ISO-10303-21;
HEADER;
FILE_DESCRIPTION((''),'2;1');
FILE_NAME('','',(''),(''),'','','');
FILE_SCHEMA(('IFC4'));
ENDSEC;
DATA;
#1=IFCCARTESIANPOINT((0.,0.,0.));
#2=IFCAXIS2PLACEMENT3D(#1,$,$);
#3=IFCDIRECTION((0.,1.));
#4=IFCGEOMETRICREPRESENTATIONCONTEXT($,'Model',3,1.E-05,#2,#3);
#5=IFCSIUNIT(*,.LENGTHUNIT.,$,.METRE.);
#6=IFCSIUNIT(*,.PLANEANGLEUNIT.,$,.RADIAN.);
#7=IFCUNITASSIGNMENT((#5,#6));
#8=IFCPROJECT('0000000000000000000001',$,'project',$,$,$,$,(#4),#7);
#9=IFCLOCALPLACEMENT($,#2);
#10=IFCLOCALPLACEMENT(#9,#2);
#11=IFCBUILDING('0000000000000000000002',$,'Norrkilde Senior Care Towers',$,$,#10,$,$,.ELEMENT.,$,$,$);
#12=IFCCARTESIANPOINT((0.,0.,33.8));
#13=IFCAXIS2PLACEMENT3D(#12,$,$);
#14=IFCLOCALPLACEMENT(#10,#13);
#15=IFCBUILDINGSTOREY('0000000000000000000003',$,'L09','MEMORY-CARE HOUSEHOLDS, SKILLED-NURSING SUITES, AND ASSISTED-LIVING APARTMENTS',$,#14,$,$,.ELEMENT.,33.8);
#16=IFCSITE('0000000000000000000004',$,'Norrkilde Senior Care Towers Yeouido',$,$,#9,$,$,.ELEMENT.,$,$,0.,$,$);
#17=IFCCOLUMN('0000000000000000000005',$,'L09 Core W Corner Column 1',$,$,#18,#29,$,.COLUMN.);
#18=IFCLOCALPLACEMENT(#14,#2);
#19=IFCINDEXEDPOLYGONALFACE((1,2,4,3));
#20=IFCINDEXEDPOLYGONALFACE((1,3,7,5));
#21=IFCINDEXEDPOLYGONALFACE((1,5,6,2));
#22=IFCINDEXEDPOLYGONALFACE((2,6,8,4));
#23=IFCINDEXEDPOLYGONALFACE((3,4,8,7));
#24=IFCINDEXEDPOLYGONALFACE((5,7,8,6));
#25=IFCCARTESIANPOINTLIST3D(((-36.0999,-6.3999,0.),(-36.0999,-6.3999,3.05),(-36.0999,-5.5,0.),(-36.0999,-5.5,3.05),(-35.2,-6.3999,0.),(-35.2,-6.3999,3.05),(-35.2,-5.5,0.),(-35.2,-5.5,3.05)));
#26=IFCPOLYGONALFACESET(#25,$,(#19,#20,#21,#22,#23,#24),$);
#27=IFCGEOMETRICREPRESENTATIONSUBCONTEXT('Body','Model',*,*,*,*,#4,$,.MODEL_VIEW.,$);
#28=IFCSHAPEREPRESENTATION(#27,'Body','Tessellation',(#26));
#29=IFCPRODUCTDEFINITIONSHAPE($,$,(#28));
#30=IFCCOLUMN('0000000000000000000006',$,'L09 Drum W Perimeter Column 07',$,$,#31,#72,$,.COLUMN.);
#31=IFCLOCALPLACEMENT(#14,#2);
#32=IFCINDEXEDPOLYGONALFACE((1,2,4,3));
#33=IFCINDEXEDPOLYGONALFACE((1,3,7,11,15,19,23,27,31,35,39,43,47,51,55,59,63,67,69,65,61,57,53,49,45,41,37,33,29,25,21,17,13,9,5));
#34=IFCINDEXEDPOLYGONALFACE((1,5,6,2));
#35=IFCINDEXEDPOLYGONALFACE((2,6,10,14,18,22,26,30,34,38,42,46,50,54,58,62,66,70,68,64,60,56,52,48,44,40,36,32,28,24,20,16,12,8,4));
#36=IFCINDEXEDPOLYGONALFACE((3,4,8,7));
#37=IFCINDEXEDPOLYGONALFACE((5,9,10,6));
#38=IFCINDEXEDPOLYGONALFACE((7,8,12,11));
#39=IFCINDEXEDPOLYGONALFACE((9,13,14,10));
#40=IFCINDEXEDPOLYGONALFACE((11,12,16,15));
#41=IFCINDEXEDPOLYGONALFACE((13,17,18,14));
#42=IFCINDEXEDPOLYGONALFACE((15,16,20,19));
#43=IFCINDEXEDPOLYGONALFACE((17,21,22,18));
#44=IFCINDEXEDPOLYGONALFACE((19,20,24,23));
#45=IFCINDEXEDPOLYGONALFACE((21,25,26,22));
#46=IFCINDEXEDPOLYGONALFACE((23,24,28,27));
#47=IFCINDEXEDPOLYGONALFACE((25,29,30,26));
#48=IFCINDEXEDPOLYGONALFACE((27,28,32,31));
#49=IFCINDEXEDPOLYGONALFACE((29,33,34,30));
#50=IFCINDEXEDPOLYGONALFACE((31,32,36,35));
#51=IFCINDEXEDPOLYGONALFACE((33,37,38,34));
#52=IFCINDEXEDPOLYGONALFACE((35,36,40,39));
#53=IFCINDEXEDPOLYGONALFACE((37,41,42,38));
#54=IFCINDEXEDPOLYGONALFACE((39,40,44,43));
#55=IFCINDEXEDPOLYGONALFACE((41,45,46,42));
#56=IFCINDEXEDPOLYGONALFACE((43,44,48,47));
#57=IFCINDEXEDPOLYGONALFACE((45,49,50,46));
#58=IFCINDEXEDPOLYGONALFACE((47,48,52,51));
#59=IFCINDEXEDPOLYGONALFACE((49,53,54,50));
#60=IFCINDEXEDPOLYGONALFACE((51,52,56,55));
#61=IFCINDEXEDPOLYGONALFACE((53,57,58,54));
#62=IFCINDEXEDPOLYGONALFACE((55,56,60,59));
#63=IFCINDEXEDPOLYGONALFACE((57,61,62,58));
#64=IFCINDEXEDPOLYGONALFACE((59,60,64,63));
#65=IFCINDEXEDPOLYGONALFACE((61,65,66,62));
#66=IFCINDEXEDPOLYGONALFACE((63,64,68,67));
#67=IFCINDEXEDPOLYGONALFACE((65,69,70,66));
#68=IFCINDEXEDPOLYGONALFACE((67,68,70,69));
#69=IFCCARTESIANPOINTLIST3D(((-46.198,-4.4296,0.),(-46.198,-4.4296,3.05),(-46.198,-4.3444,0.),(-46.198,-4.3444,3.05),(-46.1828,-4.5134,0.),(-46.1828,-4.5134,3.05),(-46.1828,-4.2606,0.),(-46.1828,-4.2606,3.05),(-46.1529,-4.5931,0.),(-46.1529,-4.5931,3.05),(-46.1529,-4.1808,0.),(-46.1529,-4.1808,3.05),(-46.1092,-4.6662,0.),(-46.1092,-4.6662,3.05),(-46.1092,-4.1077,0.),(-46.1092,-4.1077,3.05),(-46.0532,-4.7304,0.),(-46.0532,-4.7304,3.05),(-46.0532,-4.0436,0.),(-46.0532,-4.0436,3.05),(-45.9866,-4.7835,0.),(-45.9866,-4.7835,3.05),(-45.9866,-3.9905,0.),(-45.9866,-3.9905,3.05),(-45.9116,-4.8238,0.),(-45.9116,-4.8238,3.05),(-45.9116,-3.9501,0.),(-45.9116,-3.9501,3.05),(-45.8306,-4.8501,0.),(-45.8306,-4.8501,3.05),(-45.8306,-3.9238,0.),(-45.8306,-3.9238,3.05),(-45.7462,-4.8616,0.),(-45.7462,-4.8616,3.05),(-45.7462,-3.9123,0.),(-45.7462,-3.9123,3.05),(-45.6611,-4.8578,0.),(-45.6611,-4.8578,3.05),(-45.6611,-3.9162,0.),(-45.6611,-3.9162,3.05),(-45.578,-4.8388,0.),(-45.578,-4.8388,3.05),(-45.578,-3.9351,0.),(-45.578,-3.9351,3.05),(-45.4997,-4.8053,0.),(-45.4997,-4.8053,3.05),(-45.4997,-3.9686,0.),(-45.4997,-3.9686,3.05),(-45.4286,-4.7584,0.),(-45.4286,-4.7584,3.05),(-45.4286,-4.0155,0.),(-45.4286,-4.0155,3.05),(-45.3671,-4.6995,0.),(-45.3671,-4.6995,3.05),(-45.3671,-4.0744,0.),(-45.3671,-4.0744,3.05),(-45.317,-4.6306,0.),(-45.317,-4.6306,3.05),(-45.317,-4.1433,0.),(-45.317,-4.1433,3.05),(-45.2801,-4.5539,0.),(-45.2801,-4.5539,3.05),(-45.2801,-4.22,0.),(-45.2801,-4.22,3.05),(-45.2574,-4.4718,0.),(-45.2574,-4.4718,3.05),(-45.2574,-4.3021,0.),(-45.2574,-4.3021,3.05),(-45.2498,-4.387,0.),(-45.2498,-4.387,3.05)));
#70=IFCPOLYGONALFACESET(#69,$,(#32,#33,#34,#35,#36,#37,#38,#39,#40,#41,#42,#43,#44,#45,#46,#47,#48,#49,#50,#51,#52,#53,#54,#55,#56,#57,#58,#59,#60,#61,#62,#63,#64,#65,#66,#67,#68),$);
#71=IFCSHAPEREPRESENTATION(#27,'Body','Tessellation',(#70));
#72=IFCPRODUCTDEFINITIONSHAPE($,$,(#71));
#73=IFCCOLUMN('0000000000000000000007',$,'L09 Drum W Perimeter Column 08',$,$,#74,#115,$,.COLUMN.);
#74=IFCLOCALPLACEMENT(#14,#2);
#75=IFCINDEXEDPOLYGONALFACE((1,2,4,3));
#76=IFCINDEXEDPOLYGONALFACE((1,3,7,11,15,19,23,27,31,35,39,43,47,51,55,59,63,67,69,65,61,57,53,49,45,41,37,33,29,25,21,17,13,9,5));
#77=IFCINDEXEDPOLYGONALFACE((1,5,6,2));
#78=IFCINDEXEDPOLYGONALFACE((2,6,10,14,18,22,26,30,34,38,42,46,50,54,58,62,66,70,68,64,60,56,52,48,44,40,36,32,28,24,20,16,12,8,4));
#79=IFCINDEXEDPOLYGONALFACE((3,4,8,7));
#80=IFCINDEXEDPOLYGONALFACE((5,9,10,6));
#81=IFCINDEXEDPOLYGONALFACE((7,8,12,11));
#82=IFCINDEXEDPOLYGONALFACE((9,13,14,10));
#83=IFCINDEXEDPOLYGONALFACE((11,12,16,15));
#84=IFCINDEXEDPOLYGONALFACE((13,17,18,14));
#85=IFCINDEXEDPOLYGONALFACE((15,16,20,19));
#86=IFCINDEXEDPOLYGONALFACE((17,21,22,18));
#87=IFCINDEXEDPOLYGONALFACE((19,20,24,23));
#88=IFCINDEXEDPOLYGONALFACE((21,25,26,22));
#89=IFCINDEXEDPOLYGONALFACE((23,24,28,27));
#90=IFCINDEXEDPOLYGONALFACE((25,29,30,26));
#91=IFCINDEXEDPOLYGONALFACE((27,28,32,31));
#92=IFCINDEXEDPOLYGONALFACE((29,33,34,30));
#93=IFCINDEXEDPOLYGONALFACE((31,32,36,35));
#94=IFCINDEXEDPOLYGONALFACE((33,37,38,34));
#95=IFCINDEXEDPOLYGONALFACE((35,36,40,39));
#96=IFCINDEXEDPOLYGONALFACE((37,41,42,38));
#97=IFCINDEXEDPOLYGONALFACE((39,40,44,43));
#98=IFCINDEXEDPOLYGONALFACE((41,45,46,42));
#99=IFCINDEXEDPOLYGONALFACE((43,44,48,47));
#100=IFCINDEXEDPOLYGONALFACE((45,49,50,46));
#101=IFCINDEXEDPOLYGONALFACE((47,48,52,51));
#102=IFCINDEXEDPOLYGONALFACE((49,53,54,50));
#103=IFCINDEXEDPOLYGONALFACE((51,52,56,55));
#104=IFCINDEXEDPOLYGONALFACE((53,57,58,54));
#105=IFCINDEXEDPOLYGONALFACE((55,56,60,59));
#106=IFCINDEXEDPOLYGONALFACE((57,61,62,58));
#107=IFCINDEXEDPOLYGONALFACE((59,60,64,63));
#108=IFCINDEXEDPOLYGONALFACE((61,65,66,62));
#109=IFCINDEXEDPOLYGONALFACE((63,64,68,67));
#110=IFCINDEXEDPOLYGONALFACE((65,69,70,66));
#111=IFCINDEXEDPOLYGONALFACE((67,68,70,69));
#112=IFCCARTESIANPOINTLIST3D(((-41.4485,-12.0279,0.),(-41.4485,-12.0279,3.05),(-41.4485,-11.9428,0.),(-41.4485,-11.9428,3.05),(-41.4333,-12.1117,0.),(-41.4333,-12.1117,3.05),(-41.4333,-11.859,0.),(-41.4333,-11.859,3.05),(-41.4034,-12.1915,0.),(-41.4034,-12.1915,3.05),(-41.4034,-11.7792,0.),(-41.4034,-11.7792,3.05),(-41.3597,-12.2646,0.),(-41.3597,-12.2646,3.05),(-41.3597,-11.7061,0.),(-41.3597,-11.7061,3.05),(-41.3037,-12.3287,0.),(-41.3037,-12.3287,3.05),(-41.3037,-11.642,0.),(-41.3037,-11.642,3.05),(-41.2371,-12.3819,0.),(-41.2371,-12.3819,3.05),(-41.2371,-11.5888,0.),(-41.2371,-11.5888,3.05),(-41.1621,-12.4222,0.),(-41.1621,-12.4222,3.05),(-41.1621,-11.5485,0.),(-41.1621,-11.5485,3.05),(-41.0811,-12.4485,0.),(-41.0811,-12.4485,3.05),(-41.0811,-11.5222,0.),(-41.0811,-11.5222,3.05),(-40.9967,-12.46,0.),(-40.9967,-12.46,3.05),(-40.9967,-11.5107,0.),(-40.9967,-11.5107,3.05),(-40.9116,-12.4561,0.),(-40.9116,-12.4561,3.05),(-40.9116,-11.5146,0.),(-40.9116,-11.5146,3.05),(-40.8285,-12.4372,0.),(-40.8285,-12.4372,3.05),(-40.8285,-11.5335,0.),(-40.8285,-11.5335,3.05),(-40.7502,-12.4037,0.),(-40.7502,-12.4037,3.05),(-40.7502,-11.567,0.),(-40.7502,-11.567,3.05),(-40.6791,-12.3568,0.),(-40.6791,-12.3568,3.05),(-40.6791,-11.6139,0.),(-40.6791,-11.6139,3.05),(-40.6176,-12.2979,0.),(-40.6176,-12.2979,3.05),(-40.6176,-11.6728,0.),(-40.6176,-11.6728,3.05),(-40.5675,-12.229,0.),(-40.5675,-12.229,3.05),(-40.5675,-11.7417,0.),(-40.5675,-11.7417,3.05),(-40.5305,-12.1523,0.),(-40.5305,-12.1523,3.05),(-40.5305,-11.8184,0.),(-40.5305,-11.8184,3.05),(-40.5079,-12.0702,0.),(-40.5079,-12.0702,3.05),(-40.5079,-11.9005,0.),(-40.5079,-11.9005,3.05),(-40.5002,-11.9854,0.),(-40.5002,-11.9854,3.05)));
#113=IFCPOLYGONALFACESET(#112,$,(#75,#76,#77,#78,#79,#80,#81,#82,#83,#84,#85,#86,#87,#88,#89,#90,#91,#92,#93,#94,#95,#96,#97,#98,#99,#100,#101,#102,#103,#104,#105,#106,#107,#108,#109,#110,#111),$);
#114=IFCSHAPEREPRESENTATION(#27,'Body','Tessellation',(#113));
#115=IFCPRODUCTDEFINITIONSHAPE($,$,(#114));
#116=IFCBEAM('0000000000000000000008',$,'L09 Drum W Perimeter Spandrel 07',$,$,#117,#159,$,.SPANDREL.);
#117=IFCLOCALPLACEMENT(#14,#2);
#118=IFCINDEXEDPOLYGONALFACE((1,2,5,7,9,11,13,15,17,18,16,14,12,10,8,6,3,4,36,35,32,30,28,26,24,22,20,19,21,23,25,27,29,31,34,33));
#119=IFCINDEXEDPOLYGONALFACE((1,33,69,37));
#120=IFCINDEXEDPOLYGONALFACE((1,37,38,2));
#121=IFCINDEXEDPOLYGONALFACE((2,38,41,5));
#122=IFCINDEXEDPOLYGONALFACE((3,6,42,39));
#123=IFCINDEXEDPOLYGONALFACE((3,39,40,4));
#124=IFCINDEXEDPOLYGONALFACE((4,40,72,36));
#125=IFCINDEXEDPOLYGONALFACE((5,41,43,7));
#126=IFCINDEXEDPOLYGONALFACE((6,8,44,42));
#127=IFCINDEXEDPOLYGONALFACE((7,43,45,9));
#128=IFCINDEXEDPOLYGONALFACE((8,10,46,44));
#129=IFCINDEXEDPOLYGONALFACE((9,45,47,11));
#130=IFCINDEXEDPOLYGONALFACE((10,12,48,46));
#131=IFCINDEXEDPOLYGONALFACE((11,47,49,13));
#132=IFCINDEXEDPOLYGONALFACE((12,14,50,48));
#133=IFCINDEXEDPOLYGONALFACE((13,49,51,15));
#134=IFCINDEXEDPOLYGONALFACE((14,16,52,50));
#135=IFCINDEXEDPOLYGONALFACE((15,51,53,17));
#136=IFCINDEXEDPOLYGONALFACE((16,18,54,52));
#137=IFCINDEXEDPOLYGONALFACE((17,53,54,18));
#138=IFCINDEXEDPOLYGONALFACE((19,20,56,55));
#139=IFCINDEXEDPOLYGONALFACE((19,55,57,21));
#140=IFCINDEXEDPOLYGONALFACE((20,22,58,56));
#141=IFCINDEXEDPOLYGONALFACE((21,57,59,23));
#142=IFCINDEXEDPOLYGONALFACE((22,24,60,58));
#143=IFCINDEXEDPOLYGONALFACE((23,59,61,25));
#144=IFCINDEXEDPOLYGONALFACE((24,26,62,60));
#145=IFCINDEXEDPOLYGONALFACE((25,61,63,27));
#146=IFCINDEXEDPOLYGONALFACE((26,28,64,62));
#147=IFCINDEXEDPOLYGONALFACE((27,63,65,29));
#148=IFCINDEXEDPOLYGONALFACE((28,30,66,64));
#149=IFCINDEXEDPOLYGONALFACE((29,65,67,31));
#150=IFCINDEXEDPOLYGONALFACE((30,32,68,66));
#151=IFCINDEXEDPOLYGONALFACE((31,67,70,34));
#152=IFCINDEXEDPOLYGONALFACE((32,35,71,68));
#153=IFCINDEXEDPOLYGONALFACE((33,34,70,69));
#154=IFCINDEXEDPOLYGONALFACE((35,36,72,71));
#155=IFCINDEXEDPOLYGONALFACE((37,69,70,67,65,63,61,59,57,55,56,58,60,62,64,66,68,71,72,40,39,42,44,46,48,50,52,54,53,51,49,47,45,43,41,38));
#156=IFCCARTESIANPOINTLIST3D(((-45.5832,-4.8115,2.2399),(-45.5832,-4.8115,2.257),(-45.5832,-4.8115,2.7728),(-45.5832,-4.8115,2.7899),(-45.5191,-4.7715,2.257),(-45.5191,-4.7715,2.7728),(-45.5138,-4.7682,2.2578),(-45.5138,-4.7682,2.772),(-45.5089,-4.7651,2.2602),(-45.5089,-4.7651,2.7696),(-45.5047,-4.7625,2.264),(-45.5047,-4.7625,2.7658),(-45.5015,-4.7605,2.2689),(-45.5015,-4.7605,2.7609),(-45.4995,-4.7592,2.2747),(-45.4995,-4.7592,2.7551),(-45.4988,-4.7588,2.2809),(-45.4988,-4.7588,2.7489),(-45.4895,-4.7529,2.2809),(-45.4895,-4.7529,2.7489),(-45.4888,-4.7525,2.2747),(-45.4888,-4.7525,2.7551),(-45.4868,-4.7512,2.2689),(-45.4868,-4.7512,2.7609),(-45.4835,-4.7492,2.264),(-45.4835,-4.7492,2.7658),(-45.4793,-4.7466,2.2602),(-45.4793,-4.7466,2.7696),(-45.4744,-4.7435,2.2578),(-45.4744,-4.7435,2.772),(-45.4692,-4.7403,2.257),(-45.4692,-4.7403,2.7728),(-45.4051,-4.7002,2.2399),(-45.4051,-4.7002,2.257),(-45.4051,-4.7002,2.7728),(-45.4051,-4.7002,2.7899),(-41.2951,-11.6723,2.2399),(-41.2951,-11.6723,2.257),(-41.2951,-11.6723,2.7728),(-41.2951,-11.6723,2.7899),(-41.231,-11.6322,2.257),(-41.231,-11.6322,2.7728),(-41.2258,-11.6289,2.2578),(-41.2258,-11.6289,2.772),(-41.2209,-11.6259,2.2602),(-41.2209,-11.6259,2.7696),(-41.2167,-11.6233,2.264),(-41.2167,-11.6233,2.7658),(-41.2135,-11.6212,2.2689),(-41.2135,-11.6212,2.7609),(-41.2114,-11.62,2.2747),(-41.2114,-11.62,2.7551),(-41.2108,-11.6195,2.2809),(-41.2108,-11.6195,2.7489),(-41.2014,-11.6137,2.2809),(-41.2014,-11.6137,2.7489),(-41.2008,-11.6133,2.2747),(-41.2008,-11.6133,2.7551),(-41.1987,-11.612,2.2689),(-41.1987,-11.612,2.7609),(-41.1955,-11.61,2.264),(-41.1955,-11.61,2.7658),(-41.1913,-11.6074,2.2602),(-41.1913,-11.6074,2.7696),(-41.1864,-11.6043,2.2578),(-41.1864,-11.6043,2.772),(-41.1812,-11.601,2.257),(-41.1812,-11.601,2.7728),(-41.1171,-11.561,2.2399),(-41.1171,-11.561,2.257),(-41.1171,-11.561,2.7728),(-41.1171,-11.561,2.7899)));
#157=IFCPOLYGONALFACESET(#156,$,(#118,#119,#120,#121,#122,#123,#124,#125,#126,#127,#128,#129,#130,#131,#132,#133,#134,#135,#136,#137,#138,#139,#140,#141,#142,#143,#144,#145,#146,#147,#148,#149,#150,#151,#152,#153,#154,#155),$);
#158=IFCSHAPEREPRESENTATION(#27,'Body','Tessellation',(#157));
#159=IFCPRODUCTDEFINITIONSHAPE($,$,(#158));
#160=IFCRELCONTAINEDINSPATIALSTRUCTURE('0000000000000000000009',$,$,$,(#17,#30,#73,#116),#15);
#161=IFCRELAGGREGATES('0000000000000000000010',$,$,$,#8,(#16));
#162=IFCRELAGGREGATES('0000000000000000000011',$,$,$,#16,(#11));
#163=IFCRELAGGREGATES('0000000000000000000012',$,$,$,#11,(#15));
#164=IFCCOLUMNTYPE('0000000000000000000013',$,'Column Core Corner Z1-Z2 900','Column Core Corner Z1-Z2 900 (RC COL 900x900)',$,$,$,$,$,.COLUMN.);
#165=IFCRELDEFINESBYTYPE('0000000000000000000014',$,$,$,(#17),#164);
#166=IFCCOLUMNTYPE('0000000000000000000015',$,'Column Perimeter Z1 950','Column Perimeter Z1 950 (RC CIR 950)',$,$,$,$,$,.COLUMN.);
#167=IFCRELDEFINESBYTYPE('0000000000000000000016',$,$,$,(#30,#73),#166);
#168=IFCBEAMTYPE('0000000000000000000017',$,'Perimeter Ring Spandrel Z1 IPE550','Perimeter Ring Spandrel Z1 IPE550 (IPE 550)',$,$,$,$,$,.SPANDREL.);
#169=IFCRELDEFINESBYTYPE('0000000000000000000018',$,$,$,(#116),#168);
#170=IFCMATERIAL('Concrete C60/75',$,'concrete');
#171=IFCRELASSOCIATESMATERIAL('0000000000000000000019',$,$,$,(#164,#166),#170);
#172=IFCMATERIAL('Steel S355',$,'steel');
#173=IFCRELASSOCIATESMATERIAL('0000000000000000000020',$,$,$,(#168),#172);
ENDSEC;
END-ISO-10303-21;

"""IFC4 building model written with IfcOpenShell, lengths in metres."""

from ifc_helpers import new_model, si_unit, direction, frame, origin, origin_2d, place, context, subcontext, project, spatial, rectangle, circle, i_section, extrude, source, transform, mapped, material, material_profile, profile_set, type_object, type_shapes, element, save


model = new_model("IFC4")

# Units and contexts
model_context = context("Model", 3, precision=1e-05, world=origin(), true_north=direction((0.0, 1.0)))
body_context = subcontext(model_context, "Body", "Model", "MODEL_VIEW")
ifc_project = project(units=[si_unit("LENGTHUNIT", "METRE"), si_unit("PLANEANGLEUNIT", "RADIAN")], contexts=[model_context])

# Site, building, storey
site_placement = place(None, origin())
site = spatial("IfcSite", under=ifc_project, at=site_placement, Name="Norrkilde Senior Care Towers Yeouido", CompositionType="ELEMENT", RefElevation=0.0)
building_placement = place(site_placement, origin())
building = spatial("IfcBuilding", under=site, at=building_placement, Name="Norrkilde Senior Care Towers", CompositionType="ELEMENT")
storey_placement = place(building_placement, frame((0.0, 0.0, 33.8)))
storey = spatial("IfcBuildingStorey", under=building, at=storey_placement, Name="L09", Description="MEMORY-CARE HOUSEHOLDS, SKILLED-NURSING SUITES, AND ASSISTED-LIVING APARTMENTS", CompositionType="ELEMENT", Elevation=33.8)

# Columns
ifc_material_1 = material(Name="Concrete C60/75", Category="concrete")
ifc_material_profile_1 = material_profile(ifc_material_1, rectangle(XDim=0.8999, YDim=0.8999, at=origin_2d()), Name="RC COL 900x900")
ifc_profile_set_1 = profile_set([ifc_material_profile_1], Name="Concrete C60/75")
column_type_1 = type_object("IfcColumnType", Name="Column Core Corner Z1-Z2 900", Description="Column Core Corner Z1-Z2 900 (RC COL 900x900)", PredefinedType="COLUMN", material=ifc_profile_set_1)
shared_shape_1 = source(origin(), body_context, "Body", "SweptSolid", [
    extrude(rectangle(XDim=0.8999, YDim=0.8999, at=origin_2d()), origin(), (0.0, 0.0, 1.0), 3.05),
])
type_shapes(column_type_1, [shared_shape_1])
column_placement = place(storey_placement, frame((-35.6499, -5.95, 0.0), z_axis=(0.0, 0.0, 1.0), x_axis=(1.0, 0.0, 0.0)))
element("IfcColumn", 1, at=column_placement, inside=storey, type_object=column_type_1, Name="L09 Core W Corner Column 1", PredefinedType="COLUMN", context=body_context, shape_type="MappedRepresentation", body=[
    mapped(shared_shape_1, transform((0.0, 0.0, 0.0), x_axis=(1.0, 0.0, 0.0), y_axis=(0.0, 1.0, 0.0), z_axis=(0.0, 0.0, 1.0), scale=1.0)),
])
ifc_material_profile_2 = material_profile(ifc_material_1, circle(Radius=0.4751, at=origin_2d()), Name="RC CIR 950")
ifc_profile_set_2 = profile_set([ifc_material_profile_2], Name="Concrete C60/75")
column_type_2 = type_object("IfcColumnType", Name="Column Perimeter Z1 950", Description="Column Perimeter Z1 950 (RC CIR 950)", PredefinedType="COLUMN", material=ifc_profile_set_2)
shared_shape_2 = source(origin(), body_context, "Body", "SweptSolid", [
    extrude(circle(Radius=0.4751, at=origin_2d()), origin(), (0.0, 0.0, 1.0), 3.05),
])
type_shapes(column_type_2, [shared_shape_2])
for number, where, z_axis, x_axis, name in (
    (2, (-45.7249, -4.387, 0.0), (0.0, 0.0, 1.0), (1.0, 0.0, 0.0), "L09 Drum W Perimeter Column 07"),
    (3, (-40.9753, -11.9854, 0.0), (0.0, 0.0, 1.0), (1.0, 0.0, 0.0), "L09 Drum W Perimeter Column 08"),
):
    element("IfcColumn", number, at=place(storey_placement, frame(where, z_axis=z_axis, x_axis=x_axis)), inside=storey, type_object=column_type_2, Name=name, PredefinedType="COLUMN", context=body_context, shape_type="MappedRepresentation", body=[
        mapped(shared_shape_2, transform((0.0, 0.0, 0.0), x_axis=(1.0, 0.0, 0.0), y_axis=(0.0, 1.0, 0.0), z_axis=(0.0, 0.0, 1.0), scale=1.0)),
    ])

# Beam
ifc_material_2 = material(Name="Steel S355", Category="steel")
ifc_material_profile_3 = material_profile(ifc_material_2, i_section(OverallWidth=0.21, OverallDepth=0.55, WebThickness=0.011, FlangeThickness=0.0171, FilletRadius=0.0239, at=origin_2d()), Name="IPE 550")
ifc_profile_set_3 = profile_set([ifc_material_profile_3], Name="Steel S355")
beam_type_1 = type_object("IfcBeamType", Name="Perimeter Ring Spandrel Z1 IPE550", Description="Perimeter Ring Spandrel Z1 IPE550 (IPE 550)", PredefinedType="SPANDREL", material=ifc_profile_set_3)
shared_shape_3 = source(origin(), body_context, "Body", "SweptSolid", [
    extrude(i_section(OverallWidth=0.21, OverallDepth=0.55, WebThickness=0.011, FlangeThickness=0.0171, FilletRadius=0.0239, at=origin_2d()), origin(), (0.0, 0.0, 1.0), 8.0906),
])
beam_1_placement = place(storey_placement, frame((-45.4941, -4.7559, 2.5149), z_axis=(0.530004, -0.847995, 0.0), x_axis=(0.847995, 0.530004, 0.0)))
element("IfcBeam", 4, at=beam_1_placement, inside=storey, type_object=beam_type_1, Name="L09 Drum W Perimeter Spandrel 07", PredefinedType="SPANDREL", context=body_context, shape_type="MappedRepresentation", body=[
    mapped(shared_shape_3, transform((0.0, 0.0, 0.0), x_axis=(1.0, 0.0, 0.0), y_axis=(0.0, 1.0, 0.0), z_axis=(0.0, 0.0, 1.0), scale=1.0)),
])

save(model, "model.ifc")
